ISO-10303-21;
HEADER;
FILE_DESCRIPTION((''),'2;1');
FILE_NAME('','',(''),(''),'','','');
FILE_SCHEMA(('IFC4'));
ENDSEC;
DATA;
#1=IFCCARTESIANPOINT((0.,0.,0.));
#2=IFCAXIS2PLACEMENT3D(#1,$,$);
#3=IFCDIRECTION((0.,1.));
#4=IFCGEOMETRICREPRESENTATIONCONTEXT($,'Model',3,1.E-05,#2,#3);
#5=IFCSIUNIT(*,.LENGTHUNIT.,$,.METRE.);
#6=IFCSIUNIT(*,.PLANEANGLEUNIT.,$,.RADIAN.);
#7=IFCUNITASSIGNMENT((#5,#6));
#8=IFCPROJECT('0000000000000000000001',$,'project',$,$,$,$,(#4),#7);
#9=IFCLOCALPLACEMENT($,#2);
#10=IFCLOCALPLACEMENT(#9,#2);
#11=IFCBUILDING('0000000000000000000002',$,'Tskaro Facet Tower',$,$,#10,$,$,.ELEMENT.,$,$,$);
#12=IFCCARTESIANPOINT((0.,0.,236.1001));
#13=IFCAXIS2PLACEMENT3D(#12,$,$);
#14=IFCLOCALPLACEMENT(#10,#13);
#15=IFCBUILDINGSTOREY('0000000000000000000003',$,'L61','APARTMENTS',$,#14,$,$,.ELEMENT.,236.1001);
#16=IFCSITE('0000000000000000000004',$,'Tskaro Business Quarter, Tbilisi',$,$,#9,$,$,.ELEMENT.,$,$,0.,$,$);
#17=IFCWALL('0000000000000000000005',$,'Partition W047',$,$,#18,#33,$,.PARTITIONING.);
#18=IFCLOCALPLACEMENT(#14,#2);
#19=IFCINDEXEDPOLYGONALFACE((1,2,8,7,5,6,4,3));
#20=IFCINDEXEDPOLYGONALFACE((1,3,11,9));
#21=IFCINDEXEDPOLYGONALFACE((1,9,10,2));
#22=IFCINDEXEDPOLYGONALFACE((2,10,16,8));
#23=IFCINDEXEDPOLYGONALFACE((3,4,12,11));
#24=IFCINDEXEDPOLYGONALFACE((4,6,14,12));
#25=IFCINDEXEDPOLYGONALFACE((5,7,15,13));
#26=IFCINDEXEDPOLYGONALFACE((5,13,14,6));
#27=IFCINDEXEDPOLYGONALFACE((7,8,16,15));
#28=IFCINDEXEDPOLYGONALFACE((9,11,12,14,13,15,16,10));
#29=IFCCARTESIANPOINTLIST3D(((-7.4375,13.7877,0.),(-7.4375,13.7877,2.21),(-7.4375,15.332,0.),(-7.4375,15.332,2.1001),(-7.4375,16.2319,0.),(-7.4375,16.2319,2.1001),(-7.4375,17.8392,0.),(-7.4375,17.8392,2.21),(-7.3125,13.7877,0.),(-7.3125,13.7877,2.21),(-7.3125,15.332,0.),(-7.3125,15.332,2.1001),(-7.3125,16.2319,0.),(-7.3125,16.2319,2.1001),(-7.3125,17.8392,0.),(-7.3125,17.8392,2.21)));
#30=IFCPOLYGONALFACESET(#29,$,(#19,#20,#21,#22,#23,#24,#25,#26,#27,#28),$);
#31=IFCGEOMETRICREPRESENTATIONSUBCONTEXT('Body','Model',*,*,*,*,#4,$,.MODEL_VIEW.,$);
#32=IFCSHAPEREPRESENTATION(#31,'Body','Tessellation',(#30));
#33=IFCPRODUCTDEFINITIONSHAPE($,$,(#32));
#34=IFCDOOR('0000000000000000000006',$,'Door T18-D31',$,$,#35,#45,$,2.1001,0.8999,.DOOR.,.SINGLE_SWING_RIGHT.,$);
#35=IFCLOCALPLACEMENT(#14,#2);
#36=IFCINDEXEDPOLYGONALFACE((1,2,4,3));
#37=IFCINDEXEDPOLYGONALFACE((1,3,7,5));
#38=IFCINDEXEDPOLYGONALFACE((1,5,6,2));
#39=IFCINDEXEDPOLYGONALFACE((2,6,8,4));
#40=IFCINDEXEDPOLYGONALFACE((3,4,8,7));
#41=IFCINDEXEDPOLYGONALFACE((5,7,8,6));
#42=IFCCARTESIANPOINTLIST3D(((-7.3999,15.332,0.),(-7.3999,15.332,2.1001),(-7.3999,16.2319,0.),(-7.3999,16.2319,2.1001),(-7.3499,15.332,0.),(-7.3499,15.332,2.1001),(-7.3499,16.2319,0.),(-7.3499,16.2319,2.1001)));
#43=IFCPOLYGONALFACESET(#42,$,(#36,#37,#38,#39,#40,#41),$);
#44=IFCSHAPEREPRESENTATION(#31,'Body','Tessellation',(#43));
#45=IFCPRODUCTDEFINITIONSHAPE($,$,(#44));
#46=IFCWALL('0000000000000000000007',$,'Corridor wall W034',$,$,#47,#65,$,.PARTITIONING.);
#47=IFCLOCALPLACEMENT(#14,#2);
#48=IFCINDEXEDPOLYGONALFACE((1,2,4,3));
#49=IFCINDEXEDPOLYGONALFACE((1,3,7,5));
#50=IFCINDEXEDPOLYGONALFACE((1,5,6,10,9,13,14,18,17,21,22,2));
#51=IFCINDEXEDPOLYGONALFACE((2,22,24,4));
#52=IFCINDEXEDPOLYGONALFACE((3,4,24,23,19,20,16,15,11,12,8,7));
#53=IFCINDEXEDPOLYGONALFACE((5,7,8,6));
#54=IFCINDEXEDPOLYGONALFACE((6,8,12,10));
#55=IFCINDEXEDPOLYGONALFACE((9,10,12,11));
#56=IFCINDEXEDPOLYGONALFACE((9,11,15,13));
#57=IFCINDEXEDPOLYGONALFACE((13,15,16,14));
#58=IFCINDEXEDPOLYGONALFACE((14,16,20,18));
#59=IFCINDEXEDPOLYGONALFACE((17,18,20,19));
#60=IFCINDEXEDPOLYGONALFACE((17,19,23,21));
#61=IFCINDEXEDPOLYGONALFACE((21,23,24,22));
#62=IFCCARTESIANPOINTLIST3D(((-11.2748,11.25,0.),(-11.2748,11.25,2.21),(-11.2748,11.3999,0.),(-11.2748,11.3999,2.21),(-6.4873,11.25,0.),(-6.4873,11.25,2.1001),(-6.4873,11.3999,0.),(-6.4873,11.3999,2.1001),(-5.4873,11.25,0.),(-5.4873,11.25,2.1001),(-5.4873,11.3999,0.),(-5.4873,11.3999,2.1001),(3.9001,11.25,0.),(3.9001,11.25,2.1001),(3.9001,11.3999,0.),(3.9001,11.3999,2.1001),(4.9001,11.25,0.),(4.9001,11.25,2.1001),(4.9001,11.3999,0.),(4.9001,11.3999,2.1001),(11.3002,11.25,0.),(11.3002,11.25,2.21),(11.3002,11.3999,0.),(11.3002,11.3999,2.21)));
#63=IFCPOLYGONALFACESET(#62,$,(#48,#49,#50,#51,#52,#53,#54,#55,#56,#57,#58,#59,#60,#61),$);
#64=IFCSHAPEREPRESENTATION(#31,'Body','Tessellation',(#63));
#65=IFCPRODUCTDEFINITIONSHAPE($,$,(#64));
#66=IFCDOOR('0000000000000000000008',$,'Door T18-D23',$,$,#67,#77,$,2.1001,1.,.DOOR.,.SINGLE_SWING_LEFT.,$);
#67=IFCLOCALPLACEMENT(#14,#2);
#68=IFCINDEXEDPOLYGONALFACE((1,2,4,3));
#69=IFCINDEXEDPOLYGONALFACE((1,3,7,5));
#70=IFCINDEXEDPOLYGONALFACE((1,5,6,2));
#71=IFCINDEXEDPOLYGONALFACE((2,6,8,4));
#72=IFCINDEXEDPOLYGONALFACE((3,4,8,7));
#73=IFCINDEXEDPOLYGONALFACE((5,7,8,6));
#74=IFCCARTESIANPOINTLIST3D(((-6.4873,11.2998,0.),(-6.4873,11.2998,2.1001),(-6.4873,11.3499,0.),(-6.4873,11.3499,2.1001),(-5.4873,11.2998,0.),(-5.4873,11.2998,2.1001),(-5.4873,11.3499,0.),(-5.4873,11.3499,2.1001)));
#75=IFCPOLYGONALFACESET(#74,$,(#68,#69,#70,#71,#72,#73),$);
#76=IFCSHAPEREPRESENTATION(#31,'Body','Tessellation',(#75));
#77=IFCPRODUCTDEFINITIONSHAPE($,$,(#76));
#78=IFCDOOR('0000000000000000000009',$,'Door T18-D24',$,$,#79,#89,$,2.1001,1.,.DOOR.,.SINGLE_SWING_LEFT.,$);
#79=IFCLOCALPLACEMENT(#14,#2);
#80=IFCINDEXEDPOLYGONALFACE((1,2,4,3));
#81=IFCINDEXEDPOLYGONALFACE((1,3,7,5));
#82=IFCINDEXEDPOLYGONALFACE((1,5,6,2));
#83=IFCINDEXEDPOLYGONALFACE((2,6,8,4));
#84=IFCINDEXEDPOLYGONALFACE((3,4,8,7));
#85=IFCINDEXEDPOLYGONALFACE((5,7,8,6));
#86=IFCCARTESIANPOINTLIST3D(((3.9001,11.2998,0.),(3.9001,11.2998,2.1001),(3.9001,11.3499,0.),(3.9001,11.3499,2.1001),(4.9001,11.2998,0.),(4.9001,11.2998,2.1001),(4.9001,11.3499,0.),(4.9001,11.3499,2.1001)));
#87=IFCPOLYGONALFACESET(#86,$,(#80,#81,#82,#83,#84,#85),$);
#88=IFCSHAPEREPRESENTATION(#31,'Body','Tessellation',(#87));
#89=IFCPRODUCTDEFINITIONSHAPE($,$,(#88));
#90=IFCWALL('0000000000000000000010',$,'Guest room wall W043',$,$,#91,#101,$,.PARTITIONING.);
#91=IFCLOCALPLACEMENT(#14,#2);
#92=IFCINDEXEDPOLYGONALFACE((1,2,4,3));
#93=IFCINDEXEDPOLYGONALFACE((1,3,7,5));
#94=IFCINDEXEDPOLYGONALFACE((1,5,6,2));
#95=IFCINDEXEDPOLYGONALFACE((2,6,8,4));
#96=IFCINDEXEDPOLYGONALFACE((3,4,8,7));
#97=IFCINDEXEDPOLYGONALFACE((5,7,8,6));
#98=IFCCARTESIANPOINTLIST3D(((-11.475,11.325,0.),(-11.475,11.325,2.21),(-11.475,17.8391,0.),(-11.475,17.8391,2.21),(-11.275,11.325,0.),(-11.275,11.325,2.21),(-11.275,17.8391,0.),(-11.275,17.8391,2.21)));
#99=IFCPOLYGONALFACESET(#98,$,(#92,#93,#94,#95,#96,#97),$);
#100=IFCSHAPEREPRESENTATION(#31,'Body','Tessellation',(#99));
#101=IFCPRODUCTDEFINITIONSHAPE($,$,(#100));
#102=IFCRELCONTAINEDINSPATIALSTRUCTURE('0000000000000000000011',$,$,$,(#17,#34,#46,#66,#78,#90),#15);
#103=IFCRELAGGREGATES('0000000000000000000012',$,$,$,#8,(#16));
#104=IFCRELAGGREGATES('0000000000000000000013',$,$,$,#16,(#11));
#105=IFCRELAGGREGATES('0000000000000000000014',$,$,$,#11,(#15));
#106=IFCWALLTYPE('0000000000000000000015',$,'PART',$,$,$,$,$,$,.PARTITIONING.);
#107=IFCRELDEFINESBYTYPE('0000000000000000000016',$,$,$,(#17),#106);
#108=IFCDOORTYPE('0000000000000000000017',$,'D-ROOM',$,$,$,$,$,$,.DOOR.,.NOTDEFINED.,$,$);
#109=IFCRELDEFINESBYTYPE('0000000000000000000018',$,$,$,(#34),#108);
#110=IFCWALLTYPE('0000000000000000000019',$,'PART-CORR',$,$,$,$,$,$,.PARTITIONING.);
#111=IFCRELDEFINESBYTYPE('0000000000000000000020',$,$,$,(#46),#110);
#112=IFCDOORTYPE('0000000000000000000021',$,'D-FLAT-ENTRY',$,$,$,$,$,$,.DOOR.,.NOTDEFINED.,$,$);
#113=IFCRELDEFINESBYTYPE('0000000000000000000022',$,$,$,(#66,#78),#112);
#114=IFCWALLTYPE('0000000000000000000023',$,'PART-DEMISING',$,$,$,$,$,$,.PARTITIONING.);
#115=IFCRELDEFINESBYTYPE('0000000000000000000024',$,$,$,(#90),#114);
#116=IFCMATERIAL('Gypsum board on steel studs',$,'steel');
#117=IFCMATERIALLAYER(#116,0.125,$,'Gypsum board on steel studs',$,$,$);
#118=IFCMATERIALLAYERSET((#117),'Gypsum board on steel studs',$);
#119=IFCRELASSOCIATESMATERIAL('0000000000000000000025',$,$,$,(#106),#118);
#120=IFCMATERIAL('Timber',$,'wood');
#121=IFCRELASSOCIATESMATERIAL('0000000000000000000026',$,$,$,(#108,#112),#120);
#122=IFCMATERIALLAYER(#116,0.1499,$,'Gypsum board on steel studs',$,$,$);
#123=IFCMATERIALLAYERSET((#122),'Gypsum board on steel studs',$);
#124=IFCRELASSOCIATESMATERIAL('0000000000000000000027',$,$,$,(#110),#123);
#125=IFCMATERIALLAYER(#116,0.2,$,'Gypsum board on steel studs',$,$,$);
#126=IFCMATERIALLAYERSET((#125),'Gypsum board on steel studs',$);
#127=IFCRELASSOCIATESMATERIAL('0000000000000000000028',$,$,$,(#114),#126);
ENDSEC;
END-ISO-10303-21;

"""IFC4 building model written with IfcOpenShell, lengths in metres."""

from ifc_helpers import new_model, si_unit, direction, frame, frame_2d, origin, place, context, subcontext, project, spatial, rectangle, extrude, material, layer, layer_set, type_object, element, fill, save


model = new_model("IFC4")

# Units and contexts
model_context = context("Model", 3, precision=1e-05, world=origin(), true_north=direction((0.0, 1.0)))
body_context = subcontext(model_context, "Body", "Model", "MODEL_VIEW")
ifc_project = project(units=[si_unit("LENGTHUNIT", "METRE"), si_unit("PLANEANGLEUNIT", "RADIAN")], contexts=[model_context])

# Site, building, storey
site_placement = place(None, origin())
site = spatial("IfcSite", under=ifc_project, at=site_placement, Name="Tskaro Business Quarter, Tbilisi", CompositionType="ELEMENT", RefElevation=0.0)
building_placement = place(site_placement, origin())
building = spatial("IfcBuilding", under=site, at=building_placement, Name="Tskaro Facet Tower", CompositionType="ELEMENT")
storey_placement = place(building_placement, frame((0.0, 0.0, 236.1001)))
storey = spatial("IfcBuildingStorey", under=building, at=storey_placement, Name="L61", Description="APARTMENTS", CompositionType="ELEMENT", Elevation=236.1001)

# Shared definitions
ifc_material_1 = material(Name="Gypsum board on steel studs", Category="steel")
ifc_layer_1 = layer(ifc_material_1, 0.125, Name="Gypsum board on steel studs")
ifc_layer_set_1 = layer_set([ifc_layer_1], Name="Gypsum board on steel studs")
wall_type_1 = type_object("IfcWallType", Name="PART", PredefinedType="PARTITIONING", material=ifc_layer_set_1)

# Wall, opening, door
ifc_material_2 = material(Name="Timber", Category="wood")
door_type_1 = type_object("IfcDoorType", Name="D-ROOM", OperationType="NOTDEFINED", PredefinedType="DOOR", material=ifc_material_2)
wall_1_placement = place(storey_placement, frame((-7.375, 13.7876, 0.0), z_axis=(0.0, 0.0, 1.0), x_axis=(0.0, 1.0, 0.0)))
wall_1 = element("IfcWall", 1, at=wall_1_placement, inside=storey, type_object=wall_type_1, Name="Partition W047", PredefinedType="PARTITIONING", context=body_context, shape_type="SweptSolid", body=[
    extrude(rectangle(XDim=4.0515, YDim=0.125, at=frame_2d((2.0259, 0.0))), origin(), (0.0, 0.0, 1.0), 2.21),
])
opening_1_placement = place(wall_1_placement, frame((1.5444, 0.0, 0.0)))
opening_1 = element("IfcOpeningElement", 2, at=opening_1_placement, cuts=wall_1, PredefinedType="OPENING", context=body_context, shape_type="SweptSolid", body=[
    extrude(rectangle(XDim=0.8999, YDim=2.1001, at=frame_2d((0.45, 1.05))), frame((0.0, 0.0725, 0.0), z_axis=(0.0, -1.0, 0.0), x_axis=(1.0, 0.0, 0.0)), (0.0, 0.0, 1.0), 0.145),
])
door_1_placement = place(opening_1_placement, origin())
door_1 = element("IfcDoor", 3, at=door_1_placement, inside=storey, type_object=door_type_1, Name="Door T18-D31", OperationType="SINGLE_SWING_RIGHT", OverallHeight=2.1001, OverallWidth=0.8999, PredefinedType="DOOR", context=body_context, shape_type="SweptSolid", body=[
    extrude(rectangle(XDim=0.8999, YDim=2.1001, at=frame_2d((0.45, 1.05))), frame((0.0, 0.0249, 0.0), z_axis=(0.0, -1.0, 0.0), x_axis=(1.0, 0.0, 0.0)), (0.0, 0.0, 1.0), 0.05),
])
fill(opening_1, door_1)

# Wall, openings, doors
ifc_layer_2 = layer(ifc_material_1, 0.1499, Name="Gypsum board on steel studs")
ifc_layer_set_2 = layer_set([ifc_layer_2], Name="Gypsum board on steel studs")
wall_type_2 = type_object("IfcWallType", Name="PART-CORR", PredefinedType="PARTITIONING", material=ifc_layer_set_2)
wall_2_placement = place(storey_placement, frame((-11.2749, 11.325, 0.0), z_axis=(0.0, 0.0, 1.0), x_axis=(1.0, 0.0, 0.0)))
wall_2 = element("IfcWall", 4, at=wall_2_placement, inside=storey, type_object=wall_type_2, Name="Corridor wall W034", PredefinedType="PARTITIONING", context=body_context, shape_type="SweptSolid", body=[
    extrude(rectangle(XDim=22.575, YDim=0.1499, at=frame_2d((11.2876, 0.0))), origin(), (0.0, 0.0, 1.0), 2.21),
])
opening_2_placement = place(wall_2_placement, frame((4.7876, 0.0, 0.0)))
opening_2 = element("IfcOpeningElement", 5, at=opening_2_placement, cuts=wall_2, PredefinedType="OPENING", context=body_context, shape_type="SweptSolid", body=[
    extrude(rectangle(XDim=1.0, YDim=2.1001, at=frame_2d((0.5, 1.05))), frame((0.0, 0.085, 0.0), z_axis=(0.0, -1.0, 0.0), x_axis=(1.0, 0.0, 0.0)), (0.0, 0.0, 1.0), 0.1699),
])
opening_3_placement = place(wall_2_placement, frame((15.175, 0.0, 0.0)))
opening_3 = element("IfcOpeningElement", 6, at=opening_3_placement, cuts=wall_2, PredefinedType="OPENING", context=body_context, shape_type="SweptSolid", body=[
    extrude(rectangle(XDim=1.0, YDim=2.1001, at=frame_2d((0.5, 1.05))), frame((0.0, 0.085, 0.0), z_axis=(0.0, -1.0, 0.0), x_axis=(1.0, 0.0, 0.0)), (0.0, 0.0, 1.0), 0.1699),
])
door_type_2 = type_object("IfcDoorType", Name="D-FLAT-ENTRY", OperationType="NOTDEFINED", PredefinedType="DOOR", material=ifc_material_2)
door_2_placement = place(opening_2_placement, origin())
door_2 = element("IfcDoor", 7, at=door_2_placement, inside=storey, type_object=door_type_2, Name="Door T18-D23", OperationType="SINGLE_SWING_LEFT", OverallHeight=2.1001, OverallWidth=1.0, PredefinedType="DOOR", context=body_context, shape_type="SweptSolid", body=[
    extrude(rectangle(XDim=1.0, YDim=2.1001, at=frame_2d((0.5, 1.05))), frame((0.0, 0.0249, 0.0), z_axis=(0.0, -1.0, 0.0), x_axis=(1.0, 0.0, 0.0)), (0.0, 0.0, 1.0), 0.05),
])
fill(opening_2, door_2)
door_3_placement = place(opening_3_placement, origin())
door_3 = element("IfcDoor", 8, at=door_3_placement, inside=storey, type_object=door_type_2, Name="Door T18-D24", OperationType="SINGLE_SWING_LEFT", OverallHeight=2.1001, OverallWidth=1.0, PredefinedType="DOOR", context=body_context, shape_type="SweptSolid", body=[
    extrude(rectangle(XDim=1.0, YDim=2.1001, at=frame_2d((0.5, 1.05))), frame((0.0, 0.0249, 0.0), z_axis=(0.0, -1.0, 0.0), x_axis=(1.0, 0.0, 0.0)), (0.0, 0.0, 1.0), 0.05),
])
fill(opening_3, door_3)

# Wall
ifc_layer_3 = layer(ifc_material_1, 0.2, Name="Gypsum board on steel studs")
ifc_layer_set_3 = layer_set([ifc_layer_3], Name="Gypsum board on steel studs")
wall_type_3 = type_object("IfcWallType", Name="PART-DEMISING", PredefinedType="PARTITIONING", material=ifc_layer_set_3)
wall_3_placement = place(storey_placement, frame((-11.375, 11.325, 0.0), z_axis=(0.0, 0.0, 1.0), x_axis=(0.0, 1.0, 0.0)))
element("IfcWall", 9, at=wall_3_placement, inside=storey, type_object=wall_type_3, Name="Guest room wall W043", PredefinedType="PARTITIONING", context=body_context, shape_type="SweptSolid", body=[
    extrude(rectangle(XDim=6.5142, YDim=0.2, at=frame_2d((3.2571, 0.0))), origin(), (0.0, 0.0, 1.0), 2.21),
])

save(model, "model.ifc")
